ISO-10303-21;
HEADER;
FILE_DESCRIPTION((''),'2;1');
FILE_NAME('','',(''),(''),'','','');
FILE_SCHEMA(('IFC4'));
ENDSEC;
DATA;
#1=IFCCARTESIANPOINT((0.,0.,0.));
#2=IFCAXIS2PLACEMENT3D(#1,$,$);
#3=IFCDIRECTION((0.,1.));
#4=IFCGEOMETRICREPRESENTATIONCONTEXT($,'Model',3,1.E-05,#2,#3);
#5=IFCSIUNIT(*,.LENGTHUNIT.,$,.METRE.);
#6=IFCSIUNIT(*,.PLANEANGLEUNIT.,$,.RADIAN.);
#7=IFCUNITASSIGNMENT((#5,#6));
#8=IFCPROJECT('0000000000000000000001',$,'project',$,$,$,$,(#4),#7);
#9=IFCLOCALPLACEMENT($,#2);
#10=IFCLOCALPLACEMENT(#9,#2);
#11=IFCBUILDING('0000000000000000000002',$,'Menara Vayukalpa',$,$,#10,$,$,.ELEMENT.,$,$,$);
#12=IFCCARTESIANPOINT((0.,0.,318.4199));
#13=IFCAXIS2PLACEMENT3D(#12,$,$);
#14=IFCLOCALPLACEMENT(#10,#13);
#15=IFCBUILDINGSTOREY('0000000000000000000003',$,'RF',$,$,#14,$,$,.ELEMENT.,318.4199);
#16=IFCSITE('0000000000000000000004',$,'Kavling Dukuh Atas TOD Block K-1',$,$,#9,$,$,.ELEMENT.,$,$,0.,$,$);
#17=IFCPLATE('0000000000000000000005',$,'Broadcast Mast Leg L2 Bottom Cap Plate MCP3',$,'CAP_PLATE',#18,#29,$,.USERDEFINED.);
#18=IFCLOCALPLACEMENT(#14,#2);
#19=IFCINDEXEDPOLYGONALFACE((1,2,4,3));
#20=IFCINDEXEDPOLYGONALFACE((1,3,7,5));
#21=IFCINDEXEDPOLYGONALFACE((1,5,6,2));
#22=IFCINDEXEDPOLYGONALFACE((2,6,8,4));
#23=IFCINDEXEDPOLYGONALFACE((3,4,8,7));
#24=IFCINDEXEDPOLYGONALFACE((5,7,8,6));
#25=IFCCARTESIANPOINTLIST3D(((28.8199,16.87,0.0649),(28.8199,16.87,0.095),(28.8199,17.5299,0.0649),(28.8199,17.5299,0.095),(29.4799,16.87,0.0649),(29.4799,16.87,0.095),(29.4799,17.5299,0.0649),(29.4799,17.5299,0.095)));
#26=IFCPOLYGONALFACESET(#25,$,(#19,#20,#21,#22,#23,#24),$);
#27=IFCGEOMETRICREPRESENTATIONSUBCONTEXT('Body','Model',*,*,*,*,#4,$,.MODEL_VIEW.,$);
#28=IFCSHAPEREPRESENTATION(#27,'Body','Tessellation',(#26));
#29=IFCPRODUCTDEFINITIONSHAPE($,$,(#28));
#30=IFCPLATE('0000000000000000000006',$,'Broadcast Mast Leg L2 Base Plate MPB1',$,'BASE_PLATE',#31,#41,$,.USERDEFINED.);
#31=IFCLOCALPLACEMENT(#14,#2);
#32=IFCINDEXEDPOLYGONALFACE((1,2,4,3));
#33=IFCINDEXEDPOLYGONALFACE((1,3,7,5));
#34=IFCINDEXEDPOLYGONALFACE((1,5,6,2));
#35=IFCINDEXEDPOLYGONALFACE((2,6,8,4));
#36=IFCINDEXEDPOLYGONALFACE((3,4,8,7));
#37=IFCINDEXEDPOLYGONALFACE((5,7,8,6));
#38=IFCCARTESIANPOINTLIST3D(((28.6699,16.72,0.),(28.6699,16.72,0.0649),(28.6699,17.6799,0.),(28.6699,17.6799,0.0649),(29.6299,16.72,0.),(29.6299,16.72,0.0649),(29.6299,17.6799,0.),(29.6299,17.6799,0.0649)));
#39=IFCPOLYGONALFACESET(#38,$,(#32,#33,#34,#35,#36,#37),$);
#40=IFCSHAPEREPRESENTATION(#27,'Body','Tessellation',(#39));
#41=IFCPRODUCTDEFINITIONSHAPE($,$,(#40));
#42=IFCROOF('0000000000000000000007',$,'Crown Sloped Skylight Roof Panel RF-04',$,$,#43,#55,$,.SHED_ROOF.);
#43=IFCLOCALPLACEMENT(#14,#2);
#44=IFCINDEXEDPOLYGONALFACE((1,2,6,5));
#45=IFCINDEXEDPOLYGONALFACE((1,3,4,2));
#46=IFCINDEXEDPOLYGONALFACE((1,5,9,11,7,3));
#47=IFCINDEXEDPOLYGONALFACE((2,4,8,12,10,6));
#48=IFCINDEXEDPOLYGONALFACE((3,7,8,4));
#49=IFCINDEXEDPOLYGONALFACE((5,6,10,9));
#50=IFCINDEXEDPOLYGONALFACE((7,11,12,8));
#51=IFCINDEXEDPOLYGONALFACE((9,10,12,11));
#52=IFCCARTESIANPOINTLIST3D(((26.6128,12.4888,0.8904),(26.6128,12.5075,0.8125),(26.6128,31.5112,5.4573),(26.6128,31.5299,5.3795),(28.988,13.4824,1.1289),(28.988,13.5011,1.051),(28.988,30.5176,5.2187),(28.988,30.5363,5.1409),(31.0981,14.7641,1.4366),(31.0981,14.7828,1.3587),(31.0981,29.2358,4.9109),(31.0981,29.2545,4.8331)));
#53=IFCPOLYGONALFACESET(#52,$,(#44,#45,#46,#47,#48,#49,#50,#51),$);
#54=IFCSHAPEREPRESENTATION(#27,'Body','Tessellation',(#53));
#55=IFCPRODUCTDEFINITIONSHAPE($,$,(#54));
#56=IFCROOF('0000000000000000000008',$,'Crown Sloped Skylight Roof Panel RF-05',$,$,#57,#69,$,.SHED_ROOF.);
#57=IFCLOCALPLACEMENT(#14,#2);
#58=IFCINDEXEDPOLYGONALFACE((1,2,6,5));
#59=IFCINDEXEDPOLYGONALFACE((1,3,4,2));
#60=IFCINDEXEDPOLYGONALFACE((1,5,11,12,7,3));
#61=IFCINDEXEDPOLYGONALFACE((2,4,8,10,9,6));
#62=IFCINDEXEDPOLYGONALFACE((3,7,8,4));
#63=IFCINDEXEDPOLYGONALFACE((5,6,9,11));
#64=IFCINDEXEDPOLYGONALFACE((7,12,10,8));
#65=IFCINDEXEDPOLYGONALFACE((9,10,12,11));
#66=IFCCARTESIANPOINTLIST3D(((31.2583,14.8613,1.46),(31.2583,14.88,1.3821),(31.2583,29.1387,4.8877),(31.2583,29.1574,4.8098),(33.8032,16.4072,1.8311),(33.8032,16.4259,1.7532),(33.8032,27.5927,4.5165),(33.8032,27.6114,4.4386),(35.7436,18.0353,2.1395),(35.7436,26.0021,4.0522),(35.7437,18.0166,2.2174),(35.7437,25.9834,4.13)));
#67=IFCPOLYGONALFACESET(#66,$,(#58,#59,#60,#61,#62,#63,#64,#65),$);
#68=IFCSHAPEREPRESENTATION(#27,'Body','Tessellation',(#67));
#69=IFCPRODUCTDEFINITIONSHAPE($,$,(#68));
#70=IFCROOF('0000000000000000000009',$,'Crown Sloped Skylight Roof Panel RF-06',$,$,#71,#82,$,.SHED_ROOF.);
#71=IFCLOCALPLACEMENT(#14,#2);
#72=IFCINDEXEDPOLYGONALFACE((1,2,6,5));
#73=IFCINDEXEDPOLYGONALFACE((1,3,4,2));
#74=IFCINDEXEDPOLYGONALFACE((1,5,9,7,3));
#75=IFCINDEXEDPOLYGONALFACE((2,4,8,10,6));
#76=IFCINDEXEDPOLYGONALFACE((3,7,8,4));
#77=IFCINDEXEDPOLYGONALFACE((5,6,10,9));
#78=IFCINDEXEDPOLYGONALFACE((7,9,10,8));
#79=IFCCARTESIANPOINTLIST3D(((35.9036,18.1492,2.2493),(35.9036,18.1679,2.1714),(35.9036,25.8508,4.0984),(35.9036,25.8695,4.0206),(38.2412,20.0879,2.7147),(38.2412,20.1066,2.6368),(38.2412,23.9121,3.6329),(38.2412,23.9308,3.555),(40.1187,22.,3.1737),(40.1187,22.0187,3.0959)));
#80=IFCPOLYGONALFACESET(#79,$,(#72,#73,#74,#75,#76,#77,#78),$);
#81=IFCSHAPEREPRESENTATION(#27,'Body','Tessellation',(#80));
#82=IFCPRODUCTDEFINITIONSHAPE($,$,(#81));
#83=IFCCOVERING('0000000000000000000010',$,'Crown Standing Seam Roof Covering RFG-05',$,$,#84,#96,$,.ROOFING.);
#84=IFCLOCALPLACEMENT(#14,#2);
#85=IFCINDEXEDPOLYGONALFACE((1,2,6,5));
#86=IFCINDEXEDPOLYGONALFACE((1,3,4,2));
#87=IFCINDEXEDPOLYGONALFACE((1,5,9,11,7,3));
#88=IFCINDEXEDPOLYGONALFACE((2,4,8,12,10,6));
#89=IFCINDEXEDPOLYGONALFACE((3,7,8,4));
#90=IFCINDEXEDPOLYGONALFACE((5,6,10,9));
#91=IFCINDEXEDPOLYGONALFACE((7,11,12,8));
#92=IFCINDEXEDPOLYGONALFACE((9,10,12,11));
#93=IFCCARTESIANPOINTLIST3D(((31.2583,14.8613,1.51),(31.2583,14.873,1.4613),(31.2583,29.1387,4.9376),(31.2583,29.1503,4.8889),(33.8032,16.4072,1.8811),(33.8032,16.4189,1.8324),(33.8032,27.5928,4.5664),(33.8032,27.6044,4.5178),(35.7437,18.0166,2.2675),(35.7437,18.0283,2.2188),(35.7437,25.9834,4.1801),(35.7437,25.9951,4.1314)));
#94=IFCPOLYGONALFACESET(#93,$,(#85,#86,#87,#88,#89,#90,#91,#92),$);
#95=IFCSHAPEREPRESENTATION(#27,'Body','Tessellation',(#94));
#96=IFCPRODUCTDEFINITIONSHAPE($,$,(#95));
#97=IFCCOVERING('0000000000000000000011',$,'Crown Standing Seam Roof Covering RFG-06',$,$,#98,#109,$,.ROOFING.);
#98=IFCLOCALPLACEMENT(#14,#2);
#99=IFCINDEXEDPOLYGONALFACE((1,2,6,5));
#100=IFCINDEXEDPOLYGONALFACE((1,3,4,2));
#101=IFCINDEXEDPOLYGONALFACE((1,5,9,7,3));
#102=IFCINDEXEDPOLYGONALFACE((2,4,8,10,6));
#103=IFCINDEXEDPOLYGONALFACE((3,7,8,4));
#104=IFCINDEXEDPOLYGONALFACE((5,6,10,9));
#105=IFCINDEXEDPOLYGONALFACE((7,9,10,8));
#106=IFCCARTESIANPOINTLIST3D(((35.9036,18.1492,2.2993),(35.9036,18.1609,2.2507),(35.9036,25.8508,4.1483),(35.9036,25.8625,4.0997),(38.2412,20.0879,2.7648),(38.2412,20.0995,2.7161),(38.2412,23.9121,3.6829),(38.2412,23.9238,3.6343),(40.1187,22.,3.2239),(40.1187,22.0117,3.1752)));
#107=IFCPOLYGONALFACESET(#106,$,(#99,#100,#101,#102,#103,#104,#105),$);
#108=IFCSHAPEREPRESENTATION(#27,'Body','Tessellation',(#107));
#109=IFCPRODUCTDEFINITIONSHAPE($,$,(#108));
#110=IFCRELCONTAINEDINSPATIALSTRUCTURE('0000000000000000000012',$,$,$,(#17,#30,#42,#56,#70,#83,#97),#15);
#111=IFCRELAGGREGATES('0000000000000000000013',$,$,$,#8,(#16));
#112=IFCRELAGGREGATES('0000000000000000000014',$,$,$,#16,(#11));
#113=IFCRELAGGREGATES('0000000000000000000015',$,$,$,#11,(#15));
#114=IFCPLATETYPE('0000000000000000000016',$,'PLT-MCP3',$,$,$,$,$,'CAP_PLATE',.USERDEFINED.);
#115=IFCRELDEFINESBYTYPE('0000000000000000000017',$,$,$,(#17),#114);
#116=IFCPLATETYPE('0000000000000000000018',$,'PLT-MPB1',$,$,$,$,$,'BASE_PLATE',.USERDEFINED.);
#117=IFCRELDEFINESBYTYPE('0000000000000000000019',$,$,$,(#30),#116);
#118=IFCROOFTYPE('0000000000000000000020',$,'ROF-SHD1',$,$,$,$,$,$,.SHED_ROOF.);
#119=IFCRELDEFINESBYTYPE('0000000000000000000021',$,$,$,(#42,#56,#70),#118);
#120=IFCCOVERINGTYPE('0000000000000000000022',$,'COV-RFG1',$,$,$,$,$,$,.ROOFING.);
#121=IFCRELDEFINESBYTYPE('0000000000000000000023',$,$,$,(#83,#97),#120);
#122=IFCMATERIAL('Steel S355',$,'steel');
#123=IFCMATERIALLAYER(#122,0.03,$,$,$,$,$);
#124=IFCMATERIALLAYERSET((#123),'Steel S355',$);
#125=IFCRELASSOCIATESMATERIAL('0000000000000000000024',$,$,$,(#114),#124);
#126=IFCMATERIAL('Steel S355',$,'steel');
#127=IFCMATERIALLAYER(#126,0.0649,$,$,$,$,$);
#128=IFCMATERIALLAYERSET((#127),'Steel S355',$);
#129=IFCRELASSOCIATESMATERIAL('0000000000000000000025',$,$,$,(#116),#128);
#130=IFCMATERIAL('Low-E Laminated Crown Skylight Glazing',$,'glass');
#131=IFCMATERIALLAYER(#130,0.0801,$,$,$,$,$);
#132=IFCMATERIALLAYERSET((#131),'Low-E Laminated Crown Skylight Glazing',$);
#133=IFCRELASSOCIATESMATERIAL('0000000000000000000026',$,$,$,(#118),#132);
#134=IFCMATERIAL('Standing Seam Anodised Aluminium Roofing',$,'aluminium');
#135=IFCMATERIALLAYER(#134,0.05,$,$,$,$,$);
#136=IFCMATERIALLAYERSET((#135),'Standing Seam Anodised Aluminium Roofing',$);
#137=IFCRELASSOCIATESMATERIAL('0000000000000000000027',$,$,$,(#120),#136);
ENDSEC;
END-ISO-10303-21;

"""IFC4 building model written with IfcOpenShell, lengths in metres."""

from ifc_helpers import new_model, si_unit, direction, frame, origin, origin_2d, place, context, subcontext, project, spatial, polyline, rectangle, outline, extrude, material, layer, layer_set, type_object, element, save


model = new_model("IFC4")

# Units and contexts
model_context = context("Model", 3, precision=1e-05, world=origin(), true_north=direction((0.0, 1.0)))
body_context = subcontext(model_context, "Body", "Model", "MODEL_VIEW")
ifc_project = project(units=[si_unit("LENGTHUNIT", "METRE"), si_unit("PLANEANGLEUNIT", "RADIAN")], contexts=[model_context])

# Site, building, storey
site_placement = place(None, origin())
site = spatial("IfcSite", under=ifc_project, at=site_placement, Name="Kavling Dukuh Atas TOD Block K-1", CompositionType="ELEMENT", RefElevation=0.0)
building_placement = place(site_placement, origin())
building = spatial("IfcBuilding", under=site, at=building_placement, Name="Menara Vayukalpa", CompositionType="ELEMENT")
storey_placement = place(building_placement, frame((0.0, 0.0, 318.4199)))
storey = spatial("IfcBuildingStorey", under=building, at=storey_placement, Name="RF", CompositionType="ELEMENT", Elevation=318.4199)

# Plates
ifc_material_1 = material(Name="Steel S355", Category="steel")
ifc_layer_1 = layer(ifc_material_1, 0.03)
ifc_layer_set_1 = layer_set([ifc_layer_1], Name="Steel S355")
plate_type_1 = type_object("IfcPlateType", Name="PLT-MCP3", ElementType="CAP_PLATE", PredefinedType="USERDEFINED", material=ifc_layer_set_1)
plate_1_placement = place(storey_placement, frame((29.1499, 17.2, 0.0649), z_axis=(0.0, 0.0, 1.0), x_axis=(1.0, 0.0, 0.0)))
element("IfcPlate", 1, at=plate_1_placement, inside=storey, type_object=plate_type_1, Name="Broadcast Mast Leg L2 Bottom Cap Plate MCP3", ObjectType="CAP_PLATE", PredefinedType="USERDEFINED", context=body_context, shape_type="SweptSolid", body=[
    extrude(rectangle(XDim=0.6599, YDim=0.6599, at=origin_2d()), origin(), (0.0, 0.0, 1.0), 0.03),
])
ifc_material_2 = material(Name="Steel S355", Category="steel")
ifc_layer_2 = layer(ifc_material_2, 0.0649)
ifc_layer_set_2 = layer_set([ifc_layer_2], Name="Steel S355")
plate_type_2 = type_object("IfcPlateType", Name="PLT-MPB1", ElementType="BASE_PLATE", PredefinedType="USERDEFINED", material=ifc_layer_set_2)
plate_2_placement = place(storey_placement, frame((29.1499, 17.2, 0.0), z_axis=(0.0, 0.0, 1.0), x_axis=(1.0, 0.0, 0.0)))
element("IfcPlate", 2, at=plate_2_placement, inside=storey, type_object=plate_type_2, Name="Broadcast Mast Leg L2 Base Plate MPB1", ObjectType="BASE_PLATE", PredefinedType="USERDEFINED", context=body_context, shape_type="SweptSolid", body=[
    extrude(rectangle(XDim=0.96, YDim=0.96, at=origin_2d()), origin(), (0.0, 0.0, 1.0), 0.0649),
])

# Roofs
ifc_material_3 = material(Name="Low-E Laminated Crown Skylight Glazing", Category="glass")
ifc_layer_3 = layer(ifc_material_3, 0.0801)
ifc_layer_set_3 = layer_set([ifc_layer_3], Name="Low-E Laminated Crown Skylight Glazing")
roof_type = type_object("IfcRoofType", Name="ROF-SHD1", PredefinedType="SHED_ROOF", material=ifc_layer_set_3)
roof_1_placement = place(storey_placement, frame((28.988, 13.4824, 1.1289), z_axis=(0.000025, -0.233447, 0.972369), x_axis=(-0.918595, -0.384285, -0.092236)))
element("IfcRoof", 3, at=roof_1_placement, inside=storey, type_object=roof_type, Name="Crown Sloped Skylight Roof Panel RF-04", PredefinedType="SHED_ROOF", context=body_context, shape_type="SweptSolid", body=[
    extrude(outline(polyline([(0.0, 0.0), (2.5857, 0.0), (-5.1455, -17.9705), (-6.9236, -16.0931), (-8.341, -14.0483), (-2.4593, -0.3769), (0.0, 0.0)])), origin(), (0.0, 0.0, -1.0), 0.0801),
])
roof_2_placement = place(storey_placement, frame((33.8032, 16.4072, 1.8311), z_axis=(0.00003, -0.233445, 0.97237), x_axis=(-0.848112, -0.515184, -0.123659)))
element("IfcRoof", 4, at=roof_2_placement, inside=storey, type_object=roof_type, Name="Crown Sloped Skylight Roof Panel RF-05", PredefinedType="SHED_ROOF", context=body_context, shape_type="SweptSolid", body=[
    extrude(outline(polyline([(0.0, 0.0), (3.0007, 0.0), (-4.7786, -12.4529), (-6.0947, -9.7561), (-6.8635, -7.3244), (-2.5226, -0.3756), (0.0, 0.0)])), origin(), (0.0, 0.0, -1.0), 0.0801),
])
roof_3_placement = place(storey_placement, frame((35.9036, 18.1492, 2.2493), z_axis=(0.000027, -0.233464, 0.972365), x_axis=(0.0, 0.972365, 0.233464)))
element("IfcRoof", 5, at=roof_3_placement, inside=storey, type_object=roof_type, Name="Crown Sloped Skylight Roof Panel RF-06", PredefinedType="SHED_ROOF", context=body_context, shape_type="SweptSolid", body=[
    extrude(outline(polyline([(0.0, 0.0), (7.9205, 0.0), (5.9267, -2.3376), (3.9603, -4.2151), (1.9938, -2.3376), (0.0, 0.0)])), origin(), (0.0, 0.0, -1.0), 0.0801),
])

# Coverings
ifc_material_4 = material(Name="Standing Seam Anodised Aluminium Roofing", Category="aluminium")
ifc_layer_4 = layer(ifc_material_4, 0.05)
ifc_layer_set_4 = layer_set([ifc_layer_4], Name="Standing Seam Anodised Aluminium Roofing")
covering_type = type_object("IfcCoveringType", Name="COV-RFG1", PredefinedType="ROOFING", material=ifc_layer_set_4)
covering_1_placement = place(storey_placement, frame((33.8032, 16.4072, 1.8811), z_axis=(0.0, -0.23344, 0.972371), x_axis=(-0.848112, -0.515178, -0.12368)))
element("IfcCovering", 6, at=covering_1_placement, inside=storey, type_object=covering_type, Name="Crown Standing Seam Roof Covering RFG-05", PredefinedType="ROOFING", context=body_context, shape_type="SweptSolid", body=[
    extrude(outline(polyline([(0.0, 0.0), (3.0007, 0.0), (-4.7786, -12.4528), (-6.0947, -9.7561), (-6.8635, -7.3244), (-2.5226, -0.3756), (0.0, 0.0)])), origin(), (0.0, 0.0, -1.0), 0.05),
])
covering_2_placement = place(storey_placement, frame((35.9036, 18.1492, 2.2993), z_axis=(-0.000013, -0.233449, 0.972369), x_axis=(0.0, 0.972369, 0.233449)))
element("IfcCovering", 7, at=covering_2_placement, inside=storey, type_object=covering_type, Name="Crown Standing Seam Roof Covering RFG-06", PredefinedType="ROOFING", context=body_context, shape_type="SweptSolid", body=[
    extrude(outline(polyline([(0.0, 0.0), (7.9205, 0.0), (5.9267, -2.3376), (3.9603, -4.2151), (1.9938, -2.3376), (0.0, 0.0)])), origin(), (0.0, 0.0, -1.0), 0.05),
])

save(model, "model.ifc")
